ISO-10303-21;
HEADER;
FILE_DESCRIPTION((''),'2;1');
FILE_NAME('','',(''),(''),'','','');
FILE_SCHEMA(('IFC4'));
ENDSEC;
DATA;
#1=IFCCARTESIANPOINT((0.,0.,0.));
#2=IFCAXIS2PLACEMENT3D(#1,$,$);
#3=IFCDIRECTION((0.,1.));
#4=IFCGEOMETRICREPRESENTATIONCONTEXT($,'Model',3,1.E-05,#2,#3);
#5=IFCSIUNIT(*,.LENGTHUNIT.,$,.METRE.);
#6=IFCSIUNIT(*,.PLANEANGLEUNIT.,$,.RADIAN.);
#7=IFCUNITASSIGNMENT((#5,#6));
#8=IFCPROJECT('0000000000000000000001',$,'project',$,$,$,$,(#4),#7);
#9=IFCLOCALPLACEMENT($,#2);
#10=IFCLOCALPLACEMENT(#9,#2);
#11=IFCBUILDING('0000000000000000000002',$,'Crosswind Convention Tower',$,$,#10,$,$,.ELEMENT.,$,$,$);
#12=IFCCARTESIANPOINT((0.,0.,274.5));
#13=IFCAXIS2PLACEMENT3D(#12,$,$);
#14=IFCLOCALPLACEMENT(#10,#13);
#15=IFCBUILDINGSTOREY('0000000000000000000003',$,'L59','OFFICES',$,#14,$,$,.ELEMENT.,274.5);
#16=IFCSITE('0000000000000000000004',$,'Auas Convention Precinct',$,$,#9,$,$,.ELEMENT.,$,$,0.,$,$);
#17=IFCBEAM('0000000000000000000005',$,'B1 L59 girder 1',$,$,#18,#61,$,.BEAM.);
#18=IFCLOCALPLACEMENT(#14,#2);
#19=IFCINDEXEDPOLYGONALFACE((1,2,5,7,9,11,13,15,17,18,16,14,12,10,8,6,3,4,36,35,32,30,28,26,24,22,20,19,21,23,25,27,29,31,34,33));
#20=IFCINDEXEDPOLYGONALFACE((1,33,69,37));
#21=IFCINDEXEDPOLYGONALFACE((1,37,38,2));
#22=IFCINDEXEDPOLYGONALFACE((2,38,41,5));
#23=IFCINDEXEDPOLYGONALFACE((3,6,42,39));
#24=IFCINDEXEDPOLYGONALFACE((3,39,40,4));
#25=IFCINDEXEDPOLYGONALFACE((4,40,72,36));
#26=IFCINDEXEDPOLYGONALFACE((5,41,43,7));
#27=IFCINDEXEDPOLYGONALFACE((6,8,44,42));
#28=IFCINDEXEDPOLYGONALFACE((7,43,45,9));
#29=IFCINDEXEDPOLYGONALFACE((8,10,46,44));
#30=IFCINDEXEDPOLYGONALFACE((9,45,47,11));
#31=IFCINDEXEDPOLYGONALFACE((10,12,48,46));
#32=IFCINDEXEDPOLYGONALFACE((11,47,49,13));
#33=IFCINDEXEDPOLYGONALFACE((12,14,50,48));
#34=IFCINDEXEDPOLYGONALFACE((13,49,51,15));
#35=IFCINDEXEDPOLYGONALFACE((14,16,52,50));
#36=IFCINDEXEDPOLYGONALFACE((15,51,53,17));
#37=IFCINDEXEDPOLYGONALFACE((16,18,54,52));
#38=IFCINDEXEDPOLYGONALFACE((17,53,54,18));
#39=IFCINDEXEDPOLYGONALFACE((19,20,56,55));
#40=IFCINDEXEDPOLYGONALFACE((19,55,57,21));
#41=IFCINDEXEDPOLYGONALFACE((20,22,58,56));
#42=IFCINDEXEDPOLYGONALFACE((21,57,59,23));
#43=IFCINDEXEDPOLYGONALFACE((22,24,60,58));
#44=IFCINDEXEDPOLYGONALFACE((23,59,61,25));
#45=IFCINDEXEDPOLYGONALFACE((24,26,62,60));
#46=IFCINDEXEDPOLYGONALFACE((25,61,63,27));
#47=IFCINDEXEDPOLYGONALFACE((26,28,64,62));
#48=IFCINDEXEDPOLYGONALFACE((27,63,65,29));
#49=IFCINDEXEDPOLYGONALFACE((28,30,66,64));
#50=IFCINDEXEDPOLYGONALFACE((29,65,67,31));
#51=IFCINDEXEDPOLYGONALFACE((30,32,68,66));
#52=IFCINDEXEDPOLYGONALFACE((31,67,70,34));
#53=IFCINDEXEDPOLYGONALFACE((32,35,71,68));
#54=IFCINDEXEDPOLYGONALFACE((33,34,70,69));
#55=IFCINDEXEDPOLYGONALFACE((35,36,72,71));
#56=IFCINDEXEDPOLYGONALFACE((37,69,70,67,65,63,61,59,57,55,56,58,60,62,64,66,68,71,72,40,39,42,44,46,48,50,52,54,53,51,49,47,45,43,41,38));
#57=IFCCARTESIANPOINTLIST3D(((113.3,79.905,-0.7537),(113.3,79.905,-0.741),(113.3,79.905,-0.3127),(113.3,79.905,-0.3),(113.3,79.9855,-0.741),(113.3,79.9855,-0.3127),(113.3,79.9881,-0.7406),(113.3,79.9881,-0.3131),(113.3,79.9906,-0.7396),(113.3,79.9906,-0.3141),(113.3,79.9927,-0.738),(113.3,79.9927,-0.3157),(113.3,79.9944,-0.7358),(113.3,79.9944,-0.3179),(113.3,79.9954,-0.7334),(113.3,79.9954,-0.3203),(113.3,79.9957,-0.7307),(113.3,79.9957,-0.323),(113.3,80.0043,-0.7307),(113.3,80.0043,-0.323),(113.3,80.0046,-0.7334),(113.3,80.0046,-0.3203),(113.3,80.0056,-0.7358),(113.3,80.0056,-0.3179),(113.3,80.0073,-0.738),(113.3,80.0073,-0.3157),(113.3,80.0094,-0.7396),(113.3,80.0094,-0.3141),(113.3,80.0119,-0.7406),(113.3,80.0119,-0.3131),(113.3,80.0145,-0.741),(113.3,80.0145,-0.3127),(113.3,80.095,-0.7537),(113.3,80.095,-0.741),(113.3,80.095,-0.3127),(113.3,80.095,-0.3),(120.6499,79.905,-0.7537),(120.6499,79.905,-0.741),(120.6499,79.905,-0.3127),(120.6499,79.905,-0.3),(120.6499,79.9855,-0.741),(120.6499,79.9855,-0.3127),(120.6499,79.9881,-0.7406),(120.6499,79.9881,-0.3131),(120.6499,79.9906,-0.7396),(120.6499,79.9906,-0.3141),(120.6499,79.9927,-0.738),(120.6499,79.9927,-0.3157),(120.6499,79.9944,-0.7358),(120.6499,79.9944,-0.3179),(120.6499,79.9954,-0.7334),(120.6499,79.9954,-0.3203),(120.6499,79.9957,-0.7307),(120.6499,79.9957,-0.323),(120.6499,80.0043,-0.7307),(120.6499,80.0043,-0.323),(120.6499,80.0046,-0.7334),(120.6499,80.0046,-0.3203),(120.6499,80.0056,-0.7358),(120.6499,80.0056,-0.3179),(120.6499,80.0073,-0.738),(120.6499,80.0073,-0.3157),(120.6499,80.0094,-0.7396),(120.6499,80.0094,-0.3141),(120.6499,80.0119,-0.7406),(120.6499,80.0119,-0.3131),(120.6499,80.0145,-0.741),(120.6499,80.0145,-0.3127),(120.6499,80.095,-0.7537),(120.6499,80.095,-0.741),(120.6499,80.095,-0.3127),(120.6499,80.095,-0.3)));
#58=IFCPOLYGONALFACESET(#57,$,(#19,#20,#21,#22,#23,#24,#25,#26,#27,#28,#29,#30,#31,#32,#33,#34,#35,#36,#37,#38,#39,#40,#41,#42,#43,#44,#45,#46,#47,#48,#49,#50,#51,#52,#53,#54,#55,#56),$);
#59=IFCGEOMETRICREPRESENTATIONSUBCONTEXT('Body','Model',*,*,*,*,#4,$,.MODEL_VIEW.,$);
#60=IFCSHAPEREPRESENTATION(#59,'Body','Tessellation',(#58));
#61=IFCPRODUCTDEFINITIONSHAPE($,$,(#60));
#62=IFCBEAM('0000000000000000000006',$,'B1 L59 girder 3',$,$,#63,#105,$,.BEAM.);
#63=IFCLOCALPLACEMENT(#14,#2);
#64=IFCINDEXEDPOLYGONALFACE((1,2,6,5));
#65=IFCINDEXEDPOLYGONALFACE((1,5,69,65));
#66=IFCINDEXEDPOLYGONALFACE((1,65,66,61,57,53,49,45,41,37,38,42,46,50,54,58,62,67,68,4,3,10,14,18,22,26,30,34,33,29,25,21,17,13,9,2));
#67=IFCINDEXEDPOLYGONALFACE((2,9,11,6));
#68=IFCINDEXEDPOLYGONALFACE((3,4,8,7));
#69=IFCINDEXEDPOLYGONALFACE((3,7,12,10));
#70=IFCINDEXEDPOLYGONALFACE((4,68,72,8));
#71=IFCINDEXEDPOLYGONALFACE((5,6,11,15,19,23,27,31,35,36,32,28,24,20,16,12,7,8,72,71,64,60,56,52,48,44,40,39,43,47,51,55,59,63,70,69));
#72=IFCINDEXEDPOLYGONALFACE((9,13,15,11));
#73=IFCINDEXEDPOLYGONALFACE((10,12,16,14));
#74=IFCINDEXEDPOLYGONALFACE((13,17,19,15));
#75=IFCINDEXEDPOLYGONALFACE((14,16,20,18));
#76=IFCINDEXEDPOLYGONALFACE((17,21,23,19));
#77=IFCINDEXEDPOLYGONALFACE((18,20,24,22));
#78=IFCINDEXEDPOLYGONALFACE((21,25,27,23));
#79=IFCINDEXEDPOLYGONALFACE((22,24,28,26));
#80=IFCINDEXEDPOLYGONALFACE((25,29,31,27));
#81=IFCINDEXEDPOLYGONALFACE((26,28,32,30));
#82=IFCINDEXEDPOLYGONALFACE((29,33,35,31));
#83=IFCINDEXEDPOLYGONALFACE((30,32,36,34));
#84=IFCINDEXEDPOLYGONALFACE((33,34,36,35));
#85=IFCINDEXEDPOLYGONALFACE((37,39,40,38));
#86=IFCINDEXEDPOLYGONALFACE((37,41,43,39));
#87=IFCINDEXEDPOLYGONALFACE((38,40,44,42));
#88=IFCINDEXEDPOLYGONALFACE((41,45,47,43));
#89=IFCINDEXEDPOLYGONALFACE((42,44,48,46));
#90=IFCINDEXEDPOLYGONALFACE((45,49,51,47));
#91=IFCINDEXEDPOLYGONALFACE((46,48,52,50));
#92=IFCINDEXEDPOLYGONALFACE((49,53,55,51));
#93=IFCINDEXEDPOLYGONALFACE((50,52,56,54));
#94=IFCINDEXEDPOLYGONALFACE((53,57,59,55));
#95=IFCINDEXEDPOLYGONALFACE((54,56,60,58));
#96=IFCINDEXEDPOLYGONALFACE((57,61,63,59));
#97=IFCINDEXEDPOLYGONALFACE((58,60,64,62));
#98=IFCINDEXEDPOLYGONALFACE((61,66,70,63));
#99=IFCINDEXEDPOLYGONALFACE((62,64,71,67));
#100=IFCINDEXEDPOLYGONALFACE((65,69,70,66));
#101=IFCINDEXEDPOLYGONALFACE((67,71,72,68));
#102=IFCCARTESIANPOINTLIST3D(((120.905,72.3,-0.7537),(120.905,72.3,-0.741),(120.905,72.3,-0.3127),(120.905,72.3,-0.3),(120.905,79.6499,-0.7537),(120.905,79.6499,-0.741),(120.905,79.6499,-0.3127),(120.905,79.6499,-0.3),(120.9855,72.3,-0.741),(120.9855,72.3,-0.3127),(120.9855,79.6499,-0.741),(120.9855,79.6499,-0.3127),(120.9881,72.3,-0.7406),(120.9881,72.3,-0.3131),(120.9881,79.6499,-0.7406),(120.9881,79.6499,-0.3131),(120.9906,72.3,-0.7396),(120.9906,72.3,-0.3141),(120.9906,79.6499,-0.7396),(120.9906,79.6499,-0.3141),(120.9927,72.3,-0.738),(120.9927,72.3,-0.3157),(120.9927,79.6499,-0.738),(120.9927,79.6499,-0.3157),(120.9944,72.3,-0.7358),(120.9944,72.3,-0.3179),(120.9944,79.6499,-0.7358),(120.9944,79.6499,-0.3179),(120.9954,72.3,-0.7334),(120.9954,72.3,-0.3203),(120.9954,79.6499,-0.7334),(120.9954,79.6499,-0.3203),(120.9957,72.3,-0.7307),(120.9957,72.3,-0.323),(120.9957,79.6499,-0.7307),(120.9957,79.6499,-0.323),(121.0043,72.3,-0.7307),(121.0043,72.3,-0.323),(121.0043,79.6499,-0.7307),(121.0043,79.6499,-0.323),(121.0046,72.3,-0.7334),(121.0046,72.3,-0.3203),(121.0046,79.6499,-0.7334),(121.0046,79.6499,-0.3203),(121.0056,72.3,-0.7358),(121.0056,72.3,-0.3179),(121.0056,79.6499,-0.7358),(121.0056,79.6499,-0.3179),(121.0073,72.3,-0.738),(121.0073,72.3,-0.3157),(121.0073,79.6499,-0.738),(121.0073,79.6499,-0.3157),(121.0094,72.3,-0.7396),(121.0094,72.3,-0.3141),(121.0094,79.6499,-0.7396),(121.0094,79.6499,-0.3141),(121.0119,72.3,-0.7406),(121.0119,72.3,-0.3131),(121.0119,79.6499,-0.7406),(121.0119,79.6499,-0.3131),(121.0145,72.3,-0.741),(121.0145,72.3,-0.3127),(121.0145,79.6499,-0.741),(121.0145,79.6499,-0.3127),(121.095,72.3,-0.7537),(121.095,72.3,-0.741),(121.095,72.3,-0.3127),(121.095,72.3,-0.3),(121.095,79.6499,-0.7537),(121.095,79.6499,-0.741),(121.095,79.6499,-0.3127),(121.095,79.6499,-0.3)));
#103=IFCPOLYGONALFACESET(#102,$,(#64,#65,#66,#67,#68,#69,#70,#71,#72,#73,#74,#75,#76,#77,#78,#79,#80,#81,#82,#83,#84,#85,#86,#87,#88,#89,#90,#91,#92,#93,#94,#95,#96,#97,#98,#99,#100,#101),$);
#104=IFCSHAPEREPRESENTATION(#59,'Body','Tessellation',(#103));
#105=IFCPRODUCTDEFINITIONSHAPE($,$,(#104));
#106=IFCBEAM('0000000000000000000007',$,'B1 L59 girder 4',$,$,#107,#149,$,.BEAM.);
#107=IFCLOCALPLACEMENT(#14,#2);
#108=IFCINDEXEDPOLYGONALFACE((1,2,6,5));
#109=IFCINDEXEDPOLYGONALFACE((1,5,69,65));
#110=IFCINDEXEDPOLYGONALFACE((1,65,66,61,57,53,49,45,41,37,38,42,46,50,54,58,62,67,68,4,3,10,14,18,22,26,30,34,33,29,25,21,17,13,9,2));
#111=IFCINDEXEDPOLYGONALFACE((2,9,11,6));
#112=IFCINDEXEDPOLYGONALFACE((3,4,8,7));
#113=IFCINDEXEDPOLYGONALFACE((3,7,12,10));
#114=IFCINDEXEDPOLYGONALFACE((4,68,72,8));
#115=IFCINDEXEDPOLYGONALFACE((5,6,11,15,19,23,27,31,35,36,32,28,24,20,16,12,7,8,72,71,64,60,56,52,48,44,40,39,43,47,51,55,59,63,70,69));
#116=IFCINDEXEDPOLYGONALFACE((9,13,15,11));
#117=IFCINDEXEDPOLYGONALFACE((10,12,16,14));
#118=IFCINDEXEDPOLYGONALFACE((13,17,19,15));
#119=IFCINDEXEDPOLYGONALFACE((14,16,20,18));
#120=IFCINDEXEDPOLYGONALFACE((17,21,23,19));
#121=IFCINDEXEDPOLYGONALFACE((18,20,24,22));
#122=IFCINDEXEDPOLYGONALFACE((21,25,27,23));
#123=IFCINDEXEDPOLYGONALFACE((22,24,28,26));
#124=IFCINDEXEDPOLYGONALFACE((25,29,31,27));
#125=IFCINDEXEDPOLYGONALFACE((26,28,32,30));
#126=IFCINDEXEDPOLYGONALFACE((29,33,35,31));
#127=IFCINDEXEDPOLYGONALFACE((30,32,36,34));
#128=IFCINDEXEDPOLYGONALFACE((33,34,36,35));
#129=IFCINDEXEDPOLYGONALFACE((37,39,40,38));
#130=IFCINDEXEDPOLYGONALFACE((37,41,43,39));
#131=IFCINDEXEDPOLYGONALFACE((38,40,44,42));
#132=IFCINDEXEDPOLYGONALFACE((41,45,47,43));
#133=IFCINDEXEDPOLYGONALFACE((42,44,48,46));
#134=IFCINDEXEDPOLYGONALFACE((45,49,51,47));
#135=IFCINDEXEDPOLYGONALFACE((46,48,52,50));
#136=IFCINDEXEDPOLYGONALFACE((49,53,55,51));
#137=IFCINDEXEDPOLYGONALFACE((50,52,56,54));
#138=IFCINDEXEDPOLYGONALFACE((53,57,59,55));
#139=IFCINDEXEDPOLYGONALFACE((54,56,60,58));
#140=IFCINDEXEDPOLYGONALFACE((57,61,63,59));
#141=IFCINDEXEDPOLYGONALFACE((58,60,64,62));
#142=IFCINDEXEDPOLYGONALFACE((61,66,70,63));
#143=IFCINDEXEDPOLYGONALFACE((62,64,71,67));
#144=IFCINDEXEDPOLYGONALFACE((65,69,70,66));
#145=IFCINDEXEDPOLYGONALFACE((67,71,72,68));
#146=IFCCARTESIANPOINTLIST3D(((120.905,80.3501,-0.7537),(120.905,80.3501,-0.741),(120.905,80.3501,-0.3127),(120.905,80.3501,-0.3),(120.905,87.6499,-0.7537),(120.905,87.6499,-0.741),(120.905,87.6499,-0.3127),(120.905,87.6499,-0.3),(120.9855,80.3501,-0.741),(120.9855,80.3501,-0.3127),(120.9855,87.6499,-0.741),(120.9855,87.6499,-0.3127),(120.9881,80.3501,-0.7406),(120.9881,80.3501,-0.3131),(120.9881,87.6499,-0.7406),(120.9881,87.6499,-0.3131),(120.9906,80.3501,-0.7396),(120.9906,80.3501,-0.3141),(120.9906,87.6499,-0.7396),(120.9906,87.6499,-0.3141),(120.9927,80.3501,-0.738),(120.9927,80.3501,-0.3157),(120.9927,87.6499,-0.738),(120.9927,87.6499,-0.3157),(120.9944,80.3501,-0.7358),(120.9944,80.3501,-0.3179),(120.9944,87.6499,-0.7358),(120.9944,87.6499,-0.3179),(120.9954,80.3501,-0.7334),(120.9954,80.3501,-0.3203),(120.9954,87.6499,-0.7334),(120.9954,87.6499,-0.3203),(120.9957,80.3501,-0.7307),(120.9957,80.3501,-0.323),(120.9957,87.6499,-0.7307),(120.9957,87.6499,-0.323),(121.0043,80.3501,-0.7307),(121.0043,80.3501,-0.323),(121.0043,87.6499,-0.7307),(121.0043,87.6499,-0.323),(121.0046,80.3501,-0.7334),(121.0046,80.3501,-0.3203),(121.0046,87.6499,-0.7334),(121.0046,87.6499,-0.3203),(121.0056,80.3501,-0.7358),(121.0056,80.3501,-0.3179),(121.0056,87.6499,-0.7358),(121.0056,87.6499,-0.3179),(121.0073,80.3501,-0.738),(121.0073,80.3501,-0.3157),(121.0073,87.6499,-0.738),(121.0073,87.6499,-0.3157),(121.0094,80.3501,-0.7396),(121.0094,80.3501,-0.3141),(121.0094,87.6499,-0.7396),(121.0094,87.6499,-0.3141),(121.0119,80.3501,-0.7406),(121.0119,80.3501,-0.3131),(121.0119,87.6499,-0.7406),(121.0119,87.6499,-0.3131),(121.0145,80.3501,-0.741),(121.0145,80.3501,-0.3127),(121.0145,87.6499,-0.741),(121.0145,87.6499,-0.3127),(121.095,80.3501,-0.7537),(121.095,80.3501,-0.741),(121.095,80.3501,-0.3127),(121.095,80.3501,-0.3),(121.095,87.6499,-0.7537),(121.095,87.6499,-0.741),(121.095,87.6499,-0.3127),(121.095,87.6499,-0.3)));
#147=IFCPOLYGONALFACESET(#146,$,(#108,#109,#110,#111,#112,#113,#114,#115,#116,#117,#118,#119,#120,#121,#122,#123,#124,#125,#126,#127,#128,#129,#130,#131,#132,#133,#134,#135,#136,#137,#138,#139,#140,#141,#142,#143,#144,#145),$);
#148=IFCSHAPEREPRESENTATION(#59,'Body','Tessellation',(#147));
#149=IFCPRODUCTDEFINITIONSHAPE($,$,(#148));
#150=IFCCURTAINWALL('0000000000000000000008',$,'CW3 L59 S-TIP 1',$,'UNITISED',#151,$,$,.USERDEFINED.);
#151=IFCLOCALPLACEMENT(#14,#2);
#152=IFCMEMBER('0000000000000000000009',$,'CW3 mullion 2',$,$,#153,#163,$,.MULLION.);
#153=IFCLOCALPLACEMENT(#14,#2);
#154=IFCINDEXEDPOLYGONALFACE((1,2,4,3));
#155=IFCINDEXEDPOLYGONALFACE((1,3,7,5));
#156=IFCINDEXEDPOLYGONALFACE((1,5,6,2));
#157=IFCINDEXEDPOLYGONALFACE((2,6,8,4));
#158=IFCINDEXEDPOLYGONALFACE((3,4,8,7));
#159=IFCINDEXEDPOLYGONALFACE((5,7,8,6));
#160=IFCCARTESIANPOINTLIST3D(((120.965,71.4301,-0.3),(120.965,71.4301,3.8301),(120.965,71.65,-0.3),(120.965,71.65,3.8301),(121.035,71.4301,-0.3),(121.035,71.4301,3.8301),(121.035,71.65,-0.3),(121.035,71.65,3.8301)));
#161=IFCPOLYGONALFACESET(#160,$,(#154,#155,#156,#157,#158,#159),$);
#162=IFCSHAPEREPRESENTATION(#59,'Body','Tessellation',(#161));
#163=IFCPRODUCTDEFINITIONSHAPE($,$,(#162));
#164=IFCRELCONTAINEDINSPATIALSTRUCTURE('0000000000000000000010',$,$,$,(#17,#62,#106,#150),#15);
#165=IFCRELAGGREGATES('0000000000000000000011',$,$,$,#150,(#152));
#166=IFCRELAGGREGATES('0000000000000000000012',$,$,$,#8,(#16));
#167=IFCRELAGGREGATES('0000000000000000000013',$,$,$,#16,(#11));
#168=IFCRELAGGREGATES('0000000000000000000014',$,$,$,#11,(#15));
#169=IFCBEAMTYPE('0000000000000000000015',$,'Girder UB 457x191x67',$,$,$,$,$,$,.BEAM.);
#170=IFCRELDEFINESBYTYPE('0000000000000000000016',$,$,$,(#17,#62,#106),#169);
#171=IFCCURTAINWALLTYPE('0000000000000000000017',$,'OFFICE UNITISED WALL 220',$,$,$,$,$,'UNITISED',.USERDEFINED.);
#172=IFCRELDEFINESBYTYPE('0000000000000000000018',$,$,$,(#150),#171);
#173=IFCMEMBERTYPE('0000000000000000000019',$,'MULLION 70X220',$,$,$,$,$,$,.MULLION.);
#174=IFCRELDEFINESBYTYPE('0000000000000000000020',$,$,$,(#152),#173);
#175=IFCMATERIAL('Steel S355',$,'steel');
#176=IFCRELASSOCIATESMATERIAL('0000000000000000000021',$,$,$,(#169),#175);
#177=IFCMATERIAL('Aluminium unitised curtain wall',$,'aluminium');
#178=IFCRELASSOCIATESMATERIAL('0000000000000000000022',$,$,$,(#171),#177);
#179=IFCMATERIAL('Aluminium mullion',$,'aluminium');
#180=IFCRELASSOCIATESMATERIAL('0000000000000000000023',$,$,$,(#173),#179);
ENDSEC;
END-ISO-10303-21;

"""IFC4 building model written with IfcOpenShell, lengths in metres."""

from ifc_helpers import new_model, si_unit, direction, frame, origin, origin_2d, place, context, subcontext, project, spatial, rectangle, i_section, extrude, material, material_profile, profile_set, type_object, element, aggregate, save


model = new_model("IFC4")

# Units and contexts
model_context = context("Model", 3, precision=1e-05, world=origin(), true_north=direction((0.0, 1.0)))
body_context = subcontext(model_context, "Body", "Model", "MODEL_VIEW")
ifc_project = project(units=[si_unit("LENGTHUNIT", "METRE"), si_unit("PLANEANGLEUNIT", "RADIAN")], contexts=[model_context])

# Site, building, storey
site_placement = place(None, origin())
site = spatial("IfcSite", under=ifc_project, at=site_placement, Name="Auas Convention Precinct", CompositionType="ELEMENT", RefElevation=0.0)
building_placement = place(site_placement, origin())
building = spatial("IfcBuilding", under=site, at=building_placement, Name="Crosswind Convention Tower", CompositionType="ELEMENT")
storey_placement = place(building_placement, frame((0.0, 0.0, 274.5)))
storey = spatial("IfcBuildingStorey", under=building, at=storey_placement, Name="L59", Description="OFFICES", CompositionType="ELEMENT", Elevation=274.5)

# Beams
ifc_material_1 = material(Name="Steel S355", Category="steel")
ifc_material_profile_1 = material_profile(ifc_material_1, i_section(OverallWidth=0.1899, OverallDepth=0.4536, WebThickness=0.0085, FlangeThickness=0.0127, FilletRadius=0.0103, at=origin_2d()), Name="UB 457x191x67")
ifc_profile_set_1 = profile_set([ifc_material_profile_1], Name="Steel S355")
beam_type_1 = type_object("IfcBeamType", Name="Girder UB 457x191x67", PredefinedType="BEAM", material=ifc_profile_set_1)
for number, where, z_axis, x_axis, name in (
    (1, (113.3, 80.0, -0.5269), (1.0, 0.0, 0.0), (0.0, 1.0, 0.0), "B1 L59 girder 1"),
    (2, (121.0, 72.3, -0.5269), (0.0, 1.0, 0.0), (-1.0, 0.0, 0.0), "B1 L59 girder 3"),
):
    element("IfcBeam", number, at=place(storey_placement, frame(where, z_axis=z_axis, x_axis=x_axis)), inside=storey, type_object=beam_type_1, Name=name, PredefinedType="BEAM", context=body_context, shape_type="SweptSolid", body=[
        extrude(i_section(OverallWidth=0.1899, OverallDepth=0.4536, WebThickness=0.0085, FlangeThickness=0.0127, FilletRadius=0.0103, at=origin_2d()), origin(), (0.0, 0.0, 1.0), 7.3499),
    ])
beam_1_placement = place(storey_placement, frame((121.0, 80.3501, -0.5269), z_axis=(0.0, 1.0, 0.0), x_axis=(-1.0, 0.0, 0.0)))
element("IfcBeam", 3, at=beam_1_placement, inside=storey, type_object=beam_type_1, Name="B1 L59 girder 4", PredefinedType="BEAM", context=body_context, shape_type="SweptSolid", body=[
    extrude(i_section(OverallWidth=0.1899, OverallDepth=0.4536, WebThickness=0.0085, FlangeThickness=0.0127, FilletRadius=0.0103, at=origin_2d()), origin(), (0.0, 0.0, 1.0), 7.2998),
])

# Curtain wall, member
ifc_material_2 = material(Name="Aluminium unitised curtain wall", Category="aluminium")
curtain_wall_type = type_object("IfcCurtainWallType", Name="OFFICE UNITISED WALL 220", ElementType="UNITISED", PredefinedType="USERDEFINED", material=ifc_material_2)
curtain_wall_placement = place(storey_placement, origin())
curtain_wall = element("IfcCurtainWall", 4, at=curtain_wall_placement, inside=storey, type_object=curtain_wall_type, Name="CW3 L59 S-TIP 1", ObjectType="UNITISED", PredefinedType="USERDEFINED")
ifc_material_3 = material(Name="Aluminium mullion", Category="aluminium")
ifc_material_profile_2 = material_profile(ifc_material_3, rectangle(XDim=0.22, YDim=0.0701, at=origin_2d()), Name="AL 220X70")
ifc_profile_set_2 = profile_set([ifc_material_profile_2], Name="Aluminium mullion")
member_type = type_object("IfcMemberType", Name="MULLION 70X220", PredefinedType="MULLION", material=ifc_profile_set_2)
member_placement = place(storey_placement, frame((121.0, 71.54, -0.3), z_axis=(0.0, 0.0, 1.0), x_axis=(0.0, -1.0, 0.0)))
member = element("IfcMember", 5, at=member_placement, type_object=member_type, Name="CW3 mullion 2", PredefinedType="MULLION", context=body_context, shape_type="SweptSolid", body=[
    extrude(rectangle(XDim=0.22, YDim=0.0701, at=origin_2d()), origin(), (0.0, 0.0, 1.0), 4.1301),
])

aggregate(curtain_wall, [member])

save(model, "model.ifc")
